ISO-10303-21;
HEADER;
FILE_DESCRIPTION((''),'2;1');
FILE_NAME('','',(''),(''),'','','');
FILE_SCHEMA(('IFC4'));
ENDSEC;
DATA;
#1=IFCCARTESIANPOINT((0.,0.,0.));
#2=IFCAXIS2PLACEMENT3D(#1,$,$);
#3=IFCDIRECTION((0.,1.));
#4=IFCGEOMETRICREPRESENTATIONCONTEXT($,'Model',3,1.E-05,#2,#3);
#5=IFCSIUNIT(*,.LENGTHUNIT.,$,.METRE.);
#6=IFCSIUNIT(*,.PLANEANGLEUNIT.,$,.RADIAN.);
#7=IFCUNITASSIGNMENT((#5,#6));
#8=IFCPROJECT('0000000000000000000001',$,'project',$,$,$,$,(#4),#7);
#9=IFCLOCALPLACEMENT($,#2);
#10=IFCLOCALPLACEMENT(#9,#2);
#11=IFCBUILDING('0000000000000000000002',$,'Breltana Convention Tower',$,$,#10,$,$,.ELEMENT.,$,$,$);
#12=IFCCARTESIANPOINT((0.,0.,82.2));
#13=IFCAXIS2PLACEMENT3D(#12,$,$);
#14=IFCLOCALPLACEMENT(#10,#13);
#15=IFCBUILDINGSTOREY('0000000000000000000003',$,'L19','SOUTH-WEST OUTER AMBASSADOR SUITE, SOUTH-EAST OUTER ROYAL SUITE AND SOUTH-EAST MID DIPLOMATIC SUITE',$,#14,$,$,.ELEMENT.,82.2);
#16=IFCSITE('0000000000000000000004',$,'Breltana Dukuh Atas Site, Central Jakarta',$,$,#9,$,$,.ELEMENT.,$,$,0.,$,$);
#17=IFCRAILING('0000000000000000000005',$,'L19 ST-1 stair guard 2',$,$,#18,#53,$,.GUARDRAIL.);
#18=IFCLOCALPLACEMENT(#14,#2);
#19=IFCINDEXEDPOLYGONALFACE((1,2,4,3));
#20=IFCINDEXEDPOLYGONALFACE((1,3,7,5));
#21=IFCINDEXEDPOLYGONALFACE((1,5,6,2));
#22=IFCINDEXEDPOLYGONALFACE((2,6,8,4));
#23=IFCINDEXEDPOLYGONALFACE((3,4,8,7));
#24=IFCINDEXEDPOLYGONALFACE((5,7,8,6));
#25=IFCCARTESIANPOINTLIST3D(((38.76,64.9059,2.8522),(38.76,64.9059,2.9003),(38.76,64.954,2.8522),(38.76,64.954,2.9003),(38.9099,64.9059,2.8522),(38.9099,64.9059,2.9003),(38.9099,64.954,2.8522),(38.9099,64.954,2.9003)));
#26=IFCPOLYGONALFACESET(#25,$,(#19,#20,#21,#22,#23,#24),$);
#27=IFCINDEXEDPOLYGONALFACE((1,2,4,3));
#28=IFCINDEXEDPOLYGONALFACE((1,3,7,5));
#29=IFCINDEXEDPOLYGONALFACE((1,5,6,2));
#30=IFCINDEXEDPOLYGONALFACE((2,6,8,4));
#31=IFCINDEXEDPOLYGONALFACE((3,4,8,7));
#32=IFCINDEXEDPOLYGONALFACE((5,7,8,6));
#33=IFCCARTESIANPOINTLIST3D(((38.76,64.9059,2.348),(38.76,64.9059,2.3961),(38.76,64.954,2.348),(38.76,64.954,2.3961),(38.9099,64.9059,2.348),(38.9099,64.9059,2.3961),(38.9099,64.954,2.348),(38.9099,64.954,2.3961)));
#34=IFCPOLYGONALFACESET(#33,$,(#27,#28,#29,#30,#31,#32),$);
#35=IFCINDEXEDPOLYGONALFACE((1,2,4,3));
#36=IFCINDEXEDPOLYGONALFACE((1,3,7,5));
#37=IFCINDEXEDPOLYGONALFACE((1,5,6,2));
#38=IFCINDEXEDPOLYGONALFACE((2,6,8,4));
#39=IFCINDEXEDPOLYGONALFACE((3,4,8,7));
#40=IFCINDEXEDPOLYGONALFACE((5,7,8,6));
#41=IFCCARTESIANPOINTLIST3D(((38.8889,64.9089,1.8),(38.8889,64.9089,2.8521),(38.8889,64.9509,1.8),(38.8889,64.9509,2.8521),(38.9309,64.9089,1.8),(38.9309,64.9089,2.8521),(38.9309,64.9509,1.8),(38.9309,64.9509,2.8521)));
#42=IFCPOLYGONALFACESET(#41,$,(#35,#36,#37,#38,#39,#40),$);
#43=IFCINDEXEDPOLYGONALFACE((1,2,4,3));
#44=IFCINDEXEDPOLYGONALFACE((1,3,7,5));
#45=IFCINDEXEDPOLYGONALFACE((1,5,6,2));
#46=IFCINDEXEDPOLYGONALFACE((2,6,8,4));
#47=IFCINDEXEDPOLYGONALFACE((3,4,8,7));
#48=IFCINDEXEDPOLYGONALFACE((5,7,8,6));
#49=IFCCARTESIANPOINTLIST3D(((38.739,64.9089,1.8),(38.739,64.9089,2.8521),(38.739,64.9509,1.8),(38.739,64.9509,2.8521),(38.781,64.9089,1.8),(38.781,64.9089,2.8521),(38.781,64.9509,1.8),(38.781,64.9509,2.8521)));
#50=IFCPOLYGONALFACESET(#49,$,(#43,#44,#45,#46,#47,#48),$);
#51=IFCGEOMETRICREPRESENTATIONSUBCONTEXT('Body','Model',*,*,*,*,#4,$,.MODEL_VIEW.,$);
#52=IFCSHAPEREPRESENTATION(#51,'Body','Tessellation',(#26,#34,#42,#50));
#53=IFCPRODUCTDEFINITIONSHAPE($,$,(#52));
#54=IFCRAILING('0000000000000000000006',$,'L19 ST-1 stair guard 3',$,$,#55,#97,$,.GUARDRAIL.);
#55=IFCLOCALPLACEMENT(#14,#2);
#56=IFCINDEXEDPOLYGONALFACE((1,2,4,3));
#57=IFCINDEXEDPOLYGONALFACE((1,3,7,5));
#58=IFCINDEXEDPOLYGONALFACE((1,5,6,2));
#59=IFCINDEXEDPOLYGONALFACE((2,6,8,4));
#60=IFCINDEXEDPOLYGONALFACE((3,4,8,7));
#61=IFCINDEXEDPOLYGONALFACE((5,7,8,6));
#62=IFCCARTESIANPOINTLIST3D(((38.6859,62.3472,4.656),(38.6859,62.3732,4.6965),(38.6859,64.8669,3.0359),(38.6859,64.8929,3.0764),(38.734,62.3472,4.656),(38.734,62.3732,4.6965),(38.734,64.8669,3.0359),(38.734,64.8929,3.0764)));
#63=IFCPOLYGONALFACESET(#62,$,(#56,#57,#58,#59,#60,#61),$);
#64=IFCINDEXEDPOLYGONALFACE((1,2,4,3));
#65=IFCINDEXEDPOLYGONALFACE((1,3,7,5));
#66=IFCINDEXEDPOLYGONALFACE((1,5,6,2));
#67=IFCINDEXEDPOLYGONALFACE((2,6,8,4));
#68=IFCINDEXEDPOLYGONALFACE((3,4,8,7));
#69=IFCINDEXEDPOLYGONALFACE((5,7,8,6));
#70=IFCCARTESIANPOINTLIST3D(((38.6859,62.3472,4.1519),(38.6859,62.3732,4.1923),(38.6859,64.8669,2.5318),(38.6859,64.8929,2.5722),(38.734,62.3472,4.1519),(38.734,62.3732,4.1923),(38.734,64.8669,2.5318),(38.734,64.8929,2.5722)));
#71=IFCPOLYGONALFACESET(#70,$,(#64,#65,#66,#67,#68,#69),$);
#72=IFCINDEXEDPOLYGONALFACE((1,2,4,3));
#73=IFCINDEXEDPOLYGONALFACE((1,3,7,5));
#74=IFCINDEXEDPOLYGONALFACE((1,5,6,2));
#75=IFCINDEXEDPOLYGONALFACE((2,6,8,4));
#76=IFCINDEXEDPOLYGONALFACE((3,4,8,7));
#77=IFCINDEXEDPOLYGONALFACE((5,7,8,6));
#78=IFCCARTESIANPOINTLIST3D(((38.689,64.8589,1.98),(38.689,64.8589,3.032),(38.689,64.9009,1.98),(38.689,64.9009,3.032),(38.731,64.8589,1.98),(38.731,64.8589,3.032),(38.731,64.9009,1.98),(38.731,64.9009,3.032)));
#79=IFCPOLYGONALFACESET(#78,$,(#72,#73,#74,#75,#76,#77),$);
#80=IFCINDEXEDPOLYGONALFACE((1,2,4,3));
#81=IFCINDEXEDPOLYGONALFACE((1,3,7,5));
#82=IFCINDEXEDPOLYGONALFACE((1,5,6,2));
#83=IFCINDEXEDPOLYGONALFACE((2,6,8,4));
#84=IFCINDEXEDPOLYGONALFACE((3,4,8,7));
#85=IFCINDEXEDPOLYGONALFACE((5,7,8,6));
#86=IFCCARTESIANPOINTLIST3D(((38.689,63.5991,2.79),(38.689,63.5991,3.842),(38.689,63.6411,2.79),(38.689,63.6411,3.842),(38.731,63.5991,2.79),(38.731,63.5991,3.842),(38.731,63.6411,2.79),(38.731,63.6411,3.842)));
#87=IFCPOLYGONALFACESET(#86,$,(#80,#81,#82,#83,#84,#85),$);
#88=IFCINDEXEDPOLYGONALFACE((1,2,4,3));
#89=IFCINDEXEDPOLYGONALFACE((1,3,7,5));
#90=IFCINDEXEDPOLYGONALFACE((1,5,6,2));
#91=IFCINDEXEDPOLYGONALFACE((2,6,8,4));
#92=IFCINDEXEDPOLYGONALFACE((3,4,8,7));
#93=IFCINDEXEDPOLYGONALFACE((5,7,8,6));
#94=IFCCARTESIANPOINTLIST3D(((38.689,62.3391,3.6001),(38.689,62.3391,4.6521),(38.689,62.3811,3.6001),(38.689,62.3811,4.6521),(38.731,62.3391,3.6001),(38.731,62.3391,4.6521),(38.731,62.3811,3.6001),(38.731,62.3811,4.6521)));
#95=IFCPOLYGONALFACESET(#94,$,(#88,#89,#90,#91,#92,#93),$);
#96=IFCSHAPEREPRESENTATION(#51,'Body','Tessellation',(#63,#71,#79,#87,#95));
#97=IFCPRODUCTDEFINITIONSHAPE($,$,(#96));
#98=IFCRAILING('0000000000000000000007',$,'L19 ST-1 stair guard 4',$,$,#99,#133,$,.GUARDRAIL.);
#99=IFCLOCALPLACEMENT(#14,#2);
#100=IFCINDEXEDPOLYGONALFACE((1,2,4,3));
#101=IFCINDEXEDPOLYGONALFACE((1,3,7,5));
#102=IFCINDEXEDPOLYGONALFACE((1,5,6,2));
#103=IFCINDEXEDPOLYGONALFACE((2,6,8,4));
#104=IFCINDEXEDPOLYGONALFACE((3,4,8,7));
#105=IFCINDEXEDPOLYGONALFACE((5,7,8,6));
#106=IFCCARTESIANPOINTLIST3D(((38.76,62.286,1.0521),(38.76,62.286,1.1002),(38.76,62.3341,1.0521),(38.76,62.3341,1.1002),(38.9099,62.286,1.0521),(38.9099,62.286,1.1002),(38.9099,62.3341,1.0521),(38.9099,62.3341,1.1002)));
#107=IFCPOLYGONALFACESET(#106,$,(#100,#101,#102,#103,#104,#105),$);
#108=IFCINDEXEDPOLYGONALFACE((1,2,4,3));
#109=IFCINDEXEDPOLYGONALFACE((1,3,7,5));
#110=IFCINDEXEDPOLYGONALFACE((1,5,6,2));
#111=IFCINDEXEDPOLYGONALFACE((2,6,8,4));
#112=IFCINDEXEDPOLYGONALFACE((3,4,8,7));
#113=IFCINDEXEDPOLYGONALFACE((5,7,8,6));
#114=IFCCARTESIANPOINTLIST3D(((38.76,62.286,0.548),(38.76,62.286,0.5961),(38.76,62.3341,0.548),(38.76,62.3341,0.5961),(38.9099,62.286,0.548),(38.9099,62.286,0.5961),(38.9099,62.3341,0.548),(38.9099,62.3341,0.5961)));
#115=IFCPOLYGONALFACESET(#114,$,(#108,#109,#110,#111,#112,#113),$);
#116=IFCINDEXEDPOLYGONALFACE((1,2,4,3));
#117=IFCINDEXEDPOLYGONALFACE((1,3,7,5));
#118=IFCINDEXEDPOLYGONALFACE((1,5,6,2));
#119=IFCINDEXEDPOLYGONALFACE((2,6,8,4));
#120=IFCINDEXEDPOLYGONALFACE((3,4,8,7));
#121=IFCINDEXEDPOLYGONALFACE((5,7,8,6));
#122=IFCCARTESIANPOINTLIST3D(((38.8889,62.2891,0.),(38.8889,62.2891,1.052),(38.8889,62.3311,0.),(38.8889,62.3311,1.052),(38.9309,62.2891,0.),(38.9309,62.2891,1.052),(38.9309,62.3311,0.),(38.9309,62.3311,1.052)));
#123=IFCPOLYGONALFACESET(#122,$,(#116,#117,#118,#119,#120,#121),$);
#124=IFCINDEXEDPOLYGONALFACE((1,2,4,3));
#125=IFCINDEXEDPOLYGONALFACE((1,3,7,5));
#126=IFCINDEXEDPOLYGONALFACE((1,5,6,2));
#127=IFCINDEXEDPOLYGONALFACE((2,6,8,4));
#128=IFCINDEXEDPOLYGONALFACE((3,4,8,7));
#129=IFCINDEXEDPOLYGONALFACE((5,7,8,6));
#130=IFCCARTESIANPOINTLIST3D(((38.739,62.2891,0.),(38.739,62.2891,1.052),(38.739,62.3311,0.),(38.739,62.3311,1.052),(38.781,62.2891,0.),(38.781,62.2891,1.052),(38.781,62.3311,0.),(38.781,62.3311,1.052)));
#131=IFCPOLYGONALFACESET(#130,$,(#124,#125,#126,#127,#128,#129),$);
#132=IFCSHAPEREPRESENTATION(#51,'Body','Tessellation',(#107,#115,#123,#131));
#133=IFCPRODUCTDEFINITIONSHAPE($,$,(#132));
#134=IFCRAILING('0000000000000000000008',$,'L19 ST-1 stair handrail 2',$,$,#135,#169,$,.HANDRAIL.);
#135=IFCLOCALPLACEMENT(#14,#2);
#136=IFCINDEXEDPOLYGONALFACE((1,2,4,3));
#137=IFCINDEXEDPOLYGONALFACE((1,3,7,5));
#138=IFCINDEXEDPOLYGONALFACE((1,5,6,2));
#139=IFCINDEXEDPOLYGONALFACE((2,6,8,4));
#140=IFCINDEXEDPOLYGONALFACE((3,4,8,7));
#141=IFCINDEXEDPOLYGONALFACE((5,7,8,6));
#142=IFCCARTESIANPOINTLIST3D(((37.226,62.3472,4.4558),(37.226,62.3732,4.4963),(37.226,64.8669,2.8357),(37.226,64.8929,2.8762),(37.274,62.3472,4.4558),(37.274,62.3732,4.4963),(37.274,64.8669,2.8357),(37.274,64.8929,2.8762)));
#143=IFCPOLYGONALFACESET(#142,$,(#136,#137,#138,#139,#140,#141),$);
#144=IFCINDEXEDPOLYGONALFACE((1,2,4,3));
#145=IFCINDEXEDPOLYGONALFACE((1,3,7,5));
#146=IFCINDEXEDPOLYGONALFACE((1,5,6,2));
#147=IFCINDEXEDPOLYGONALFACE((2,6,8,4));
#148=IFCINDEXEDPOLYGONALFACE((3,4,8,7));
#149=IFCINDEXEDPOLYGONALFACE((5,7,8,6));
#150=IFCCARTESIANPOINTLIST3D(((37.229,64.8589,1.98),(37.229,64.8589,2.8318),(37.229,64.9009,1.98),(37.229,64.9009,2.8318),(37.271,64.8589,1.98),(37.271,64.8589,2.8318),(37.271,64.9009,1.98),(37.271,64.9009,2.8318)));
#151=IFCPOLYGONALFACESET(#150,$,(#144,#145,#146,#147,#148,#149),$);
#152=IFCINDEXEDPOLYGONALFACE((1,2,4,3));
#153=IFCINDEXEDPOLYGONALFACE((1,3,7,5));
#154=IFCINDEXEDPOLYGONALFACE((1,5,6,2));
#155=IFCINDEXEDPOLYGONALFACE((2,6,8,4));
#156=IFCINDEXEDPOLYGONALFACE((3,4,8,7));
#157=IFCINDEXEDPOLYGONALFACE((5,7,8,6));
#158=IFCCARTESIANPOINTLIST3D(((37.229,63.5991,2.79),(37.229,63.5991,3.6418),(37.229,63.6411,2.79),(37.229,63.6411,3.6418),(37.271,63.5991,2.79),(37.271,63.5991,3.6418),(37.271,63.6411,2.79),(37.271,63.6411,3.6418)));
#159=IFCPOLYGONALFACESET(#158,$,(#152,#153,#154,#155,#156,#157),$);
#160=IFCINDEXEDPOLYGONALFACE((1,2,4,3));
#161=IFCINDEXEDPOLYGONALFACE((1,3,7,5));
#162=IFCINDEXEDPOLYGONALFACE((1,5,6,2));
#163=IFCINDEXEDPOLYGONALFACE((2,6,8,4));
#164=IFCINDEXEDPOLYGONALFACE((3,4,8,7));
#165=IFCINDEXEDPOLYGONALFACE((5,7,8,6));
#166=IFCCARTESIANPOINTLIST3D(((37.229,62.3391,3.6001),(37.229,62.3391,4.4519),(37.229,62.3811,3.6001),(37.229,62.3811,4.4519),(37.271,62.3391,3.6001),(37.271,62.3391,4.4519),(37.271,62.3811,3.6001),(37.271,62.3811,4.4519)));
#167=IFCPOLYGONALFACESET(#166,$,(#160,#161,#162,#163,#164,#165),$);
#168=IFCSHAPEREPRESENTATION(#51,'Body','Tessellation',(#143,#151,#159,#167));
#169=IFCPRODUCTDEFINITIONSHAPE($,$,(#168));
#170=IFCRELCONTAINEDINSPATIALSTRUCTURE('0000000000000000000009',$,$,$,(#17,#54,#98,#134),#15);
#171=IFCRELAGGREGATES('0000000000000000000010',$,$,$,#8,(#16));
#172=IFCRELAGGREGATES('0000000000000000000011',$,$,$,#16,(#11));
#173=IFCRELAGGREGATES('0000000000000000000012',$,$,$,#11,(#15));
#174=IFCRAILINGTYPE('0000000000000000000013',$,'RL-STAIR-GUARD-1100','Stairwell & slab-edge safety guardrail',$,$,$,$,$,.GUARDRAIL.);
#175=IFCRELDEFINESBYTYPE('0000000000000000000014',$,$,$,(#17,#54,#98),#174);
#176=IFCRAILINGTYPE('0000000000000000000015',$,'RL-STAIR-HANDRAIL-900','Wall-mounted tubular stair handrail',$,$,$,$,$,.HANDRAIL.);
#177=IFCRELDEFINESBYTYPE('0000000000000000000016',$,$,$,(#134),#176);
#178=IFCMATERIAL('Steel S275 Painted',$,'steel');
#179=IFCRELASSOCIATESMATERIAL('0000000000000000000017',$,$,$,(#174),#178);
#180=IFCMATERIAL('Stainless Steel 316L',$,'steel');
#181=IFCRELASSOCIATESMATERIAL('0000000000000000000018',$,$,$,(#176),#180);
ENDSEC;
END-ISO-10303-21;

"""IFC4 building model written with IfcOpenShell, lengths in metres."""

from ifc_helpers import new_model, si_unit, direction, frame, origin, origin_2d, place, context, subcontext, project, spatial, rectangle, extrude, material, type_object, element, save


model = new_model("IFC4")

# Units and contexts
model_context = context("Model", 3, precision=1e-05, world=origin(), true_north=direction((0.0, 1.0)))
body_context = subcontext(model_context, "Body", "Model", "MODEL_VIEW")
ifc_project = project(units=[si_unit("LENGTHUNIT", "METRE"), si_unit("PLANEANGLEUNIT", "RADIAN")], contexts=[model_context])

# Site, building, storey
site_placement = place(None, origin())
site = spatial("IfcSite", under=ifc_project, at=site_placement, Name="Breltana Dukuh Atas Site, Central Jakarta", CompositionType="ELEMENT", RefElevation=0.0)
building_placement = place(site_placement, origin())
building = spatial("IfcBuilding", under=site, at=building_placement, Name="Breltana Convention Tower", CompositionType="ELEMENT")
storey_placement = place(building_placement, frame((0.0, 0.0, 82.2)))
storey = spatial("IfcBuildingStorey", under=building, at=storey_placement, Name="L19", Description="SOUTH-WEST OUTER AMBASSADOR SUITE, SOUTH-EAST OUTER ROYAL SUITE AND SOUTH-EAST MID DIPLOMATIC SUITE", CompositionType="ELEMENT", Elevation=82.2)

# Railings
ifc_material_1 = material(Name="Steel S275 Painted", Category="steel")
railing_type_1 = type_object("IfcRailingType", Name="RL-STAIR-GUARD-1100", Description="Stairwell & slab-edge safety guardrail", PredefinedType="GUARDRAIL", material=ifc_material_1)
railing_1_placement = place(storey_placement, frame((38.9099, 64.9299, 1.8)))
element("IfcRailing", 1, at=railing_1_placement, inside=storey, type_object=railing_type_1, Name="L19 ST-1 stair guard 2", PredefinedType="GUARDRAIL", context=body_context, shape_type="SweptSolid", body=[
    extrude(rectangle(XDim=0.0481, YDim=0.0481, at=origin_2d()), frame((0.0, 0.0, 1.0762), z_axis=(-1.0, 0.0, 0.0), x_axis=(0.0, -1.0, 0.0)), (0.0, 0.0, 1.0), 0.1499),
    extrude(rectangle(XDim=0.0481, YDim=0.0481, at=origin_2d()), frame((0.0, 0.0, 0.572), z_axis=(-1.0, 0.0, 0.0), x_axis=(0.0, -1.0, 0.0)), (0.0, 0.0, 1.0), 0.1499),
    extrude(rectangle(XDim=0.042, YDim=0.042, at=origin_2d()), origin(), (0.0, 0.0, 1.0), 1.052),
    extrude(rectangle(XDim=0.042, YDim=0.042, at=origin_2d()), frame((-0.1499, 0.0, 0.0)), (0.0, 0.0, 1.0), 1.052),
])
railing_2_placement = place(storey_placement, frame((38.71, 64.8799, 1.98)))
element("IfcRailing", 2, at=railing_2_placement, inside=storey, type_object=railing_type_1, Name="L19 ST-1 stair guard 3", PredefinedType="GUARDRAIL", context=body_context, shape_type="SweptSolid", body=[
    extrude(rectangle(XDim=0.0481, YDim=0.0481, at=origin_2d()), frame((0.0, 0.0, 1.0762), z_axis=(0.0, -0.841139, 0.540819), x_axis=(1.0, 0.0, 0.0)), (0.0, 0.0, 1.0), 2.9956),
    extrude(rectangle(XDim=0.0481, YDim=0.0481, at=origin_2d()), frame((0.0, 0.0, 0.572), z_axis=(0.0, -0.841139, 0.540819), x_axis=(1.0, 0.0, 0.0)), (0.0, 0.0, 1.0), 2.9956),
    extrude(rectangle(XDim=0.042, YDim=0.042, at=origin_2d()), origin(), (0.0, 0.0, 1.0), 1.052),
    extrude(rectangle(XDim=0.042, YDim=0.042, at=origin_2d()), frame((0.0, -1.2598, 0.8101)), (0.0, 0.0, 1.0), 1.052),
    extrude(rectangle(XDim=0.042, YDim=0.042, at=origin_2d()), frame((0.0, -2.5198, 1.6201)), (0.0, 0.0, 1.0), 1.052),
])
railing_3_placement = place(storey_placement, frame((38.9099, 62.3101, 0.0)))
element("IfcRailing", 3, at=railing_3_placement, inside=storey, type_object=railing_type_1, Name="L19 ST-1 stair guard 4", PredefinedType="GUARDRAIL", context=body_context, shape_type="SweptSolid", body=[
    extrude(rectangle(XDim=0.0481, YDim=0.0481, at=origin_2d()), frame((0.0, 0.0, 1.0762), z_axis=(-1.0, 0.0, 0.0), x_axis=(0.0, -1.0, 0.0)), (0.0, 0.0, 1.0), 0.1499),
    extrude(rectangle(XDim=0.0481, YDim=0.0481, at=origin_2d()), frame((0.0, 0.0, 0.572), z_axis=(-1.0, 0.0, 0.0), x_axis=(0.0, -1.0, 0.0)), (0.0, 0.0, 1.0), 0.1499),
    extrude(rectangle(XDim=0.042, YDim=0.042, at=origin_2d()), origin(), (0.0, 0.0, 1.0), 1.052),
    extrude(rectangle(XDim=0.042, YDim=0.042, at=origin_2d()), frame((-0.1499, 0.0, 0.0)), (0.0, 0.0, 1.0), 1.052),
])
ifc_material_2 = material(Name="Stainless Steel 316L", Category="steel")
railing_type_2 = type_object("IfcRailingType", Name="RL-STAIR-HANDRAIL-900", Description="Wall-mounted tubular stair handrail", PredefinedType="HANDRAIL", material=ifc_material_2)
railing_4_placement = place(storey_placement, frame((37.25, 64.8799, 1.98)))
element("IfcRailing", 4, at=railing_4_placement, inside=storey, type_object=railing_type_2, Name="L19 ST-1 stair handrail 2", PredefinedType="HANDRAIL", context=body_context, shape_type="SweptSolid", body=[
    extrude(rectangle(XDim=0.0481, YDim=0.0481, at=origin_2d()), frame((0.0, 0.0, 0.876), z_axis=(0.0, -0.841139, 0.540819), x_axis=(1.0, 0.0, 0.0)), (0.0, 0.0, 1.0), 2.9956),
    extrude(rectangle(XDim=0.042, YDim=0.042, at=origin_2d()), origin(), (0.0, 0.0, 1.0), 0.8518),
    extrude(rectangle(XDim=0.042, YDim=0.042, at=origin_2d()), frame((0.0, -1.2598, 0.8101)), (0.0, 0.0, 1.0), 0.8518),
    extrude(rectangle(XDim=0.042, YDim=0.042, at=origin_2d()), frame((0.0, -2.5198, 1.6201)), (0.0, 0.0, 1.0), 0.8518),
])

save(model, "model.ifc")
